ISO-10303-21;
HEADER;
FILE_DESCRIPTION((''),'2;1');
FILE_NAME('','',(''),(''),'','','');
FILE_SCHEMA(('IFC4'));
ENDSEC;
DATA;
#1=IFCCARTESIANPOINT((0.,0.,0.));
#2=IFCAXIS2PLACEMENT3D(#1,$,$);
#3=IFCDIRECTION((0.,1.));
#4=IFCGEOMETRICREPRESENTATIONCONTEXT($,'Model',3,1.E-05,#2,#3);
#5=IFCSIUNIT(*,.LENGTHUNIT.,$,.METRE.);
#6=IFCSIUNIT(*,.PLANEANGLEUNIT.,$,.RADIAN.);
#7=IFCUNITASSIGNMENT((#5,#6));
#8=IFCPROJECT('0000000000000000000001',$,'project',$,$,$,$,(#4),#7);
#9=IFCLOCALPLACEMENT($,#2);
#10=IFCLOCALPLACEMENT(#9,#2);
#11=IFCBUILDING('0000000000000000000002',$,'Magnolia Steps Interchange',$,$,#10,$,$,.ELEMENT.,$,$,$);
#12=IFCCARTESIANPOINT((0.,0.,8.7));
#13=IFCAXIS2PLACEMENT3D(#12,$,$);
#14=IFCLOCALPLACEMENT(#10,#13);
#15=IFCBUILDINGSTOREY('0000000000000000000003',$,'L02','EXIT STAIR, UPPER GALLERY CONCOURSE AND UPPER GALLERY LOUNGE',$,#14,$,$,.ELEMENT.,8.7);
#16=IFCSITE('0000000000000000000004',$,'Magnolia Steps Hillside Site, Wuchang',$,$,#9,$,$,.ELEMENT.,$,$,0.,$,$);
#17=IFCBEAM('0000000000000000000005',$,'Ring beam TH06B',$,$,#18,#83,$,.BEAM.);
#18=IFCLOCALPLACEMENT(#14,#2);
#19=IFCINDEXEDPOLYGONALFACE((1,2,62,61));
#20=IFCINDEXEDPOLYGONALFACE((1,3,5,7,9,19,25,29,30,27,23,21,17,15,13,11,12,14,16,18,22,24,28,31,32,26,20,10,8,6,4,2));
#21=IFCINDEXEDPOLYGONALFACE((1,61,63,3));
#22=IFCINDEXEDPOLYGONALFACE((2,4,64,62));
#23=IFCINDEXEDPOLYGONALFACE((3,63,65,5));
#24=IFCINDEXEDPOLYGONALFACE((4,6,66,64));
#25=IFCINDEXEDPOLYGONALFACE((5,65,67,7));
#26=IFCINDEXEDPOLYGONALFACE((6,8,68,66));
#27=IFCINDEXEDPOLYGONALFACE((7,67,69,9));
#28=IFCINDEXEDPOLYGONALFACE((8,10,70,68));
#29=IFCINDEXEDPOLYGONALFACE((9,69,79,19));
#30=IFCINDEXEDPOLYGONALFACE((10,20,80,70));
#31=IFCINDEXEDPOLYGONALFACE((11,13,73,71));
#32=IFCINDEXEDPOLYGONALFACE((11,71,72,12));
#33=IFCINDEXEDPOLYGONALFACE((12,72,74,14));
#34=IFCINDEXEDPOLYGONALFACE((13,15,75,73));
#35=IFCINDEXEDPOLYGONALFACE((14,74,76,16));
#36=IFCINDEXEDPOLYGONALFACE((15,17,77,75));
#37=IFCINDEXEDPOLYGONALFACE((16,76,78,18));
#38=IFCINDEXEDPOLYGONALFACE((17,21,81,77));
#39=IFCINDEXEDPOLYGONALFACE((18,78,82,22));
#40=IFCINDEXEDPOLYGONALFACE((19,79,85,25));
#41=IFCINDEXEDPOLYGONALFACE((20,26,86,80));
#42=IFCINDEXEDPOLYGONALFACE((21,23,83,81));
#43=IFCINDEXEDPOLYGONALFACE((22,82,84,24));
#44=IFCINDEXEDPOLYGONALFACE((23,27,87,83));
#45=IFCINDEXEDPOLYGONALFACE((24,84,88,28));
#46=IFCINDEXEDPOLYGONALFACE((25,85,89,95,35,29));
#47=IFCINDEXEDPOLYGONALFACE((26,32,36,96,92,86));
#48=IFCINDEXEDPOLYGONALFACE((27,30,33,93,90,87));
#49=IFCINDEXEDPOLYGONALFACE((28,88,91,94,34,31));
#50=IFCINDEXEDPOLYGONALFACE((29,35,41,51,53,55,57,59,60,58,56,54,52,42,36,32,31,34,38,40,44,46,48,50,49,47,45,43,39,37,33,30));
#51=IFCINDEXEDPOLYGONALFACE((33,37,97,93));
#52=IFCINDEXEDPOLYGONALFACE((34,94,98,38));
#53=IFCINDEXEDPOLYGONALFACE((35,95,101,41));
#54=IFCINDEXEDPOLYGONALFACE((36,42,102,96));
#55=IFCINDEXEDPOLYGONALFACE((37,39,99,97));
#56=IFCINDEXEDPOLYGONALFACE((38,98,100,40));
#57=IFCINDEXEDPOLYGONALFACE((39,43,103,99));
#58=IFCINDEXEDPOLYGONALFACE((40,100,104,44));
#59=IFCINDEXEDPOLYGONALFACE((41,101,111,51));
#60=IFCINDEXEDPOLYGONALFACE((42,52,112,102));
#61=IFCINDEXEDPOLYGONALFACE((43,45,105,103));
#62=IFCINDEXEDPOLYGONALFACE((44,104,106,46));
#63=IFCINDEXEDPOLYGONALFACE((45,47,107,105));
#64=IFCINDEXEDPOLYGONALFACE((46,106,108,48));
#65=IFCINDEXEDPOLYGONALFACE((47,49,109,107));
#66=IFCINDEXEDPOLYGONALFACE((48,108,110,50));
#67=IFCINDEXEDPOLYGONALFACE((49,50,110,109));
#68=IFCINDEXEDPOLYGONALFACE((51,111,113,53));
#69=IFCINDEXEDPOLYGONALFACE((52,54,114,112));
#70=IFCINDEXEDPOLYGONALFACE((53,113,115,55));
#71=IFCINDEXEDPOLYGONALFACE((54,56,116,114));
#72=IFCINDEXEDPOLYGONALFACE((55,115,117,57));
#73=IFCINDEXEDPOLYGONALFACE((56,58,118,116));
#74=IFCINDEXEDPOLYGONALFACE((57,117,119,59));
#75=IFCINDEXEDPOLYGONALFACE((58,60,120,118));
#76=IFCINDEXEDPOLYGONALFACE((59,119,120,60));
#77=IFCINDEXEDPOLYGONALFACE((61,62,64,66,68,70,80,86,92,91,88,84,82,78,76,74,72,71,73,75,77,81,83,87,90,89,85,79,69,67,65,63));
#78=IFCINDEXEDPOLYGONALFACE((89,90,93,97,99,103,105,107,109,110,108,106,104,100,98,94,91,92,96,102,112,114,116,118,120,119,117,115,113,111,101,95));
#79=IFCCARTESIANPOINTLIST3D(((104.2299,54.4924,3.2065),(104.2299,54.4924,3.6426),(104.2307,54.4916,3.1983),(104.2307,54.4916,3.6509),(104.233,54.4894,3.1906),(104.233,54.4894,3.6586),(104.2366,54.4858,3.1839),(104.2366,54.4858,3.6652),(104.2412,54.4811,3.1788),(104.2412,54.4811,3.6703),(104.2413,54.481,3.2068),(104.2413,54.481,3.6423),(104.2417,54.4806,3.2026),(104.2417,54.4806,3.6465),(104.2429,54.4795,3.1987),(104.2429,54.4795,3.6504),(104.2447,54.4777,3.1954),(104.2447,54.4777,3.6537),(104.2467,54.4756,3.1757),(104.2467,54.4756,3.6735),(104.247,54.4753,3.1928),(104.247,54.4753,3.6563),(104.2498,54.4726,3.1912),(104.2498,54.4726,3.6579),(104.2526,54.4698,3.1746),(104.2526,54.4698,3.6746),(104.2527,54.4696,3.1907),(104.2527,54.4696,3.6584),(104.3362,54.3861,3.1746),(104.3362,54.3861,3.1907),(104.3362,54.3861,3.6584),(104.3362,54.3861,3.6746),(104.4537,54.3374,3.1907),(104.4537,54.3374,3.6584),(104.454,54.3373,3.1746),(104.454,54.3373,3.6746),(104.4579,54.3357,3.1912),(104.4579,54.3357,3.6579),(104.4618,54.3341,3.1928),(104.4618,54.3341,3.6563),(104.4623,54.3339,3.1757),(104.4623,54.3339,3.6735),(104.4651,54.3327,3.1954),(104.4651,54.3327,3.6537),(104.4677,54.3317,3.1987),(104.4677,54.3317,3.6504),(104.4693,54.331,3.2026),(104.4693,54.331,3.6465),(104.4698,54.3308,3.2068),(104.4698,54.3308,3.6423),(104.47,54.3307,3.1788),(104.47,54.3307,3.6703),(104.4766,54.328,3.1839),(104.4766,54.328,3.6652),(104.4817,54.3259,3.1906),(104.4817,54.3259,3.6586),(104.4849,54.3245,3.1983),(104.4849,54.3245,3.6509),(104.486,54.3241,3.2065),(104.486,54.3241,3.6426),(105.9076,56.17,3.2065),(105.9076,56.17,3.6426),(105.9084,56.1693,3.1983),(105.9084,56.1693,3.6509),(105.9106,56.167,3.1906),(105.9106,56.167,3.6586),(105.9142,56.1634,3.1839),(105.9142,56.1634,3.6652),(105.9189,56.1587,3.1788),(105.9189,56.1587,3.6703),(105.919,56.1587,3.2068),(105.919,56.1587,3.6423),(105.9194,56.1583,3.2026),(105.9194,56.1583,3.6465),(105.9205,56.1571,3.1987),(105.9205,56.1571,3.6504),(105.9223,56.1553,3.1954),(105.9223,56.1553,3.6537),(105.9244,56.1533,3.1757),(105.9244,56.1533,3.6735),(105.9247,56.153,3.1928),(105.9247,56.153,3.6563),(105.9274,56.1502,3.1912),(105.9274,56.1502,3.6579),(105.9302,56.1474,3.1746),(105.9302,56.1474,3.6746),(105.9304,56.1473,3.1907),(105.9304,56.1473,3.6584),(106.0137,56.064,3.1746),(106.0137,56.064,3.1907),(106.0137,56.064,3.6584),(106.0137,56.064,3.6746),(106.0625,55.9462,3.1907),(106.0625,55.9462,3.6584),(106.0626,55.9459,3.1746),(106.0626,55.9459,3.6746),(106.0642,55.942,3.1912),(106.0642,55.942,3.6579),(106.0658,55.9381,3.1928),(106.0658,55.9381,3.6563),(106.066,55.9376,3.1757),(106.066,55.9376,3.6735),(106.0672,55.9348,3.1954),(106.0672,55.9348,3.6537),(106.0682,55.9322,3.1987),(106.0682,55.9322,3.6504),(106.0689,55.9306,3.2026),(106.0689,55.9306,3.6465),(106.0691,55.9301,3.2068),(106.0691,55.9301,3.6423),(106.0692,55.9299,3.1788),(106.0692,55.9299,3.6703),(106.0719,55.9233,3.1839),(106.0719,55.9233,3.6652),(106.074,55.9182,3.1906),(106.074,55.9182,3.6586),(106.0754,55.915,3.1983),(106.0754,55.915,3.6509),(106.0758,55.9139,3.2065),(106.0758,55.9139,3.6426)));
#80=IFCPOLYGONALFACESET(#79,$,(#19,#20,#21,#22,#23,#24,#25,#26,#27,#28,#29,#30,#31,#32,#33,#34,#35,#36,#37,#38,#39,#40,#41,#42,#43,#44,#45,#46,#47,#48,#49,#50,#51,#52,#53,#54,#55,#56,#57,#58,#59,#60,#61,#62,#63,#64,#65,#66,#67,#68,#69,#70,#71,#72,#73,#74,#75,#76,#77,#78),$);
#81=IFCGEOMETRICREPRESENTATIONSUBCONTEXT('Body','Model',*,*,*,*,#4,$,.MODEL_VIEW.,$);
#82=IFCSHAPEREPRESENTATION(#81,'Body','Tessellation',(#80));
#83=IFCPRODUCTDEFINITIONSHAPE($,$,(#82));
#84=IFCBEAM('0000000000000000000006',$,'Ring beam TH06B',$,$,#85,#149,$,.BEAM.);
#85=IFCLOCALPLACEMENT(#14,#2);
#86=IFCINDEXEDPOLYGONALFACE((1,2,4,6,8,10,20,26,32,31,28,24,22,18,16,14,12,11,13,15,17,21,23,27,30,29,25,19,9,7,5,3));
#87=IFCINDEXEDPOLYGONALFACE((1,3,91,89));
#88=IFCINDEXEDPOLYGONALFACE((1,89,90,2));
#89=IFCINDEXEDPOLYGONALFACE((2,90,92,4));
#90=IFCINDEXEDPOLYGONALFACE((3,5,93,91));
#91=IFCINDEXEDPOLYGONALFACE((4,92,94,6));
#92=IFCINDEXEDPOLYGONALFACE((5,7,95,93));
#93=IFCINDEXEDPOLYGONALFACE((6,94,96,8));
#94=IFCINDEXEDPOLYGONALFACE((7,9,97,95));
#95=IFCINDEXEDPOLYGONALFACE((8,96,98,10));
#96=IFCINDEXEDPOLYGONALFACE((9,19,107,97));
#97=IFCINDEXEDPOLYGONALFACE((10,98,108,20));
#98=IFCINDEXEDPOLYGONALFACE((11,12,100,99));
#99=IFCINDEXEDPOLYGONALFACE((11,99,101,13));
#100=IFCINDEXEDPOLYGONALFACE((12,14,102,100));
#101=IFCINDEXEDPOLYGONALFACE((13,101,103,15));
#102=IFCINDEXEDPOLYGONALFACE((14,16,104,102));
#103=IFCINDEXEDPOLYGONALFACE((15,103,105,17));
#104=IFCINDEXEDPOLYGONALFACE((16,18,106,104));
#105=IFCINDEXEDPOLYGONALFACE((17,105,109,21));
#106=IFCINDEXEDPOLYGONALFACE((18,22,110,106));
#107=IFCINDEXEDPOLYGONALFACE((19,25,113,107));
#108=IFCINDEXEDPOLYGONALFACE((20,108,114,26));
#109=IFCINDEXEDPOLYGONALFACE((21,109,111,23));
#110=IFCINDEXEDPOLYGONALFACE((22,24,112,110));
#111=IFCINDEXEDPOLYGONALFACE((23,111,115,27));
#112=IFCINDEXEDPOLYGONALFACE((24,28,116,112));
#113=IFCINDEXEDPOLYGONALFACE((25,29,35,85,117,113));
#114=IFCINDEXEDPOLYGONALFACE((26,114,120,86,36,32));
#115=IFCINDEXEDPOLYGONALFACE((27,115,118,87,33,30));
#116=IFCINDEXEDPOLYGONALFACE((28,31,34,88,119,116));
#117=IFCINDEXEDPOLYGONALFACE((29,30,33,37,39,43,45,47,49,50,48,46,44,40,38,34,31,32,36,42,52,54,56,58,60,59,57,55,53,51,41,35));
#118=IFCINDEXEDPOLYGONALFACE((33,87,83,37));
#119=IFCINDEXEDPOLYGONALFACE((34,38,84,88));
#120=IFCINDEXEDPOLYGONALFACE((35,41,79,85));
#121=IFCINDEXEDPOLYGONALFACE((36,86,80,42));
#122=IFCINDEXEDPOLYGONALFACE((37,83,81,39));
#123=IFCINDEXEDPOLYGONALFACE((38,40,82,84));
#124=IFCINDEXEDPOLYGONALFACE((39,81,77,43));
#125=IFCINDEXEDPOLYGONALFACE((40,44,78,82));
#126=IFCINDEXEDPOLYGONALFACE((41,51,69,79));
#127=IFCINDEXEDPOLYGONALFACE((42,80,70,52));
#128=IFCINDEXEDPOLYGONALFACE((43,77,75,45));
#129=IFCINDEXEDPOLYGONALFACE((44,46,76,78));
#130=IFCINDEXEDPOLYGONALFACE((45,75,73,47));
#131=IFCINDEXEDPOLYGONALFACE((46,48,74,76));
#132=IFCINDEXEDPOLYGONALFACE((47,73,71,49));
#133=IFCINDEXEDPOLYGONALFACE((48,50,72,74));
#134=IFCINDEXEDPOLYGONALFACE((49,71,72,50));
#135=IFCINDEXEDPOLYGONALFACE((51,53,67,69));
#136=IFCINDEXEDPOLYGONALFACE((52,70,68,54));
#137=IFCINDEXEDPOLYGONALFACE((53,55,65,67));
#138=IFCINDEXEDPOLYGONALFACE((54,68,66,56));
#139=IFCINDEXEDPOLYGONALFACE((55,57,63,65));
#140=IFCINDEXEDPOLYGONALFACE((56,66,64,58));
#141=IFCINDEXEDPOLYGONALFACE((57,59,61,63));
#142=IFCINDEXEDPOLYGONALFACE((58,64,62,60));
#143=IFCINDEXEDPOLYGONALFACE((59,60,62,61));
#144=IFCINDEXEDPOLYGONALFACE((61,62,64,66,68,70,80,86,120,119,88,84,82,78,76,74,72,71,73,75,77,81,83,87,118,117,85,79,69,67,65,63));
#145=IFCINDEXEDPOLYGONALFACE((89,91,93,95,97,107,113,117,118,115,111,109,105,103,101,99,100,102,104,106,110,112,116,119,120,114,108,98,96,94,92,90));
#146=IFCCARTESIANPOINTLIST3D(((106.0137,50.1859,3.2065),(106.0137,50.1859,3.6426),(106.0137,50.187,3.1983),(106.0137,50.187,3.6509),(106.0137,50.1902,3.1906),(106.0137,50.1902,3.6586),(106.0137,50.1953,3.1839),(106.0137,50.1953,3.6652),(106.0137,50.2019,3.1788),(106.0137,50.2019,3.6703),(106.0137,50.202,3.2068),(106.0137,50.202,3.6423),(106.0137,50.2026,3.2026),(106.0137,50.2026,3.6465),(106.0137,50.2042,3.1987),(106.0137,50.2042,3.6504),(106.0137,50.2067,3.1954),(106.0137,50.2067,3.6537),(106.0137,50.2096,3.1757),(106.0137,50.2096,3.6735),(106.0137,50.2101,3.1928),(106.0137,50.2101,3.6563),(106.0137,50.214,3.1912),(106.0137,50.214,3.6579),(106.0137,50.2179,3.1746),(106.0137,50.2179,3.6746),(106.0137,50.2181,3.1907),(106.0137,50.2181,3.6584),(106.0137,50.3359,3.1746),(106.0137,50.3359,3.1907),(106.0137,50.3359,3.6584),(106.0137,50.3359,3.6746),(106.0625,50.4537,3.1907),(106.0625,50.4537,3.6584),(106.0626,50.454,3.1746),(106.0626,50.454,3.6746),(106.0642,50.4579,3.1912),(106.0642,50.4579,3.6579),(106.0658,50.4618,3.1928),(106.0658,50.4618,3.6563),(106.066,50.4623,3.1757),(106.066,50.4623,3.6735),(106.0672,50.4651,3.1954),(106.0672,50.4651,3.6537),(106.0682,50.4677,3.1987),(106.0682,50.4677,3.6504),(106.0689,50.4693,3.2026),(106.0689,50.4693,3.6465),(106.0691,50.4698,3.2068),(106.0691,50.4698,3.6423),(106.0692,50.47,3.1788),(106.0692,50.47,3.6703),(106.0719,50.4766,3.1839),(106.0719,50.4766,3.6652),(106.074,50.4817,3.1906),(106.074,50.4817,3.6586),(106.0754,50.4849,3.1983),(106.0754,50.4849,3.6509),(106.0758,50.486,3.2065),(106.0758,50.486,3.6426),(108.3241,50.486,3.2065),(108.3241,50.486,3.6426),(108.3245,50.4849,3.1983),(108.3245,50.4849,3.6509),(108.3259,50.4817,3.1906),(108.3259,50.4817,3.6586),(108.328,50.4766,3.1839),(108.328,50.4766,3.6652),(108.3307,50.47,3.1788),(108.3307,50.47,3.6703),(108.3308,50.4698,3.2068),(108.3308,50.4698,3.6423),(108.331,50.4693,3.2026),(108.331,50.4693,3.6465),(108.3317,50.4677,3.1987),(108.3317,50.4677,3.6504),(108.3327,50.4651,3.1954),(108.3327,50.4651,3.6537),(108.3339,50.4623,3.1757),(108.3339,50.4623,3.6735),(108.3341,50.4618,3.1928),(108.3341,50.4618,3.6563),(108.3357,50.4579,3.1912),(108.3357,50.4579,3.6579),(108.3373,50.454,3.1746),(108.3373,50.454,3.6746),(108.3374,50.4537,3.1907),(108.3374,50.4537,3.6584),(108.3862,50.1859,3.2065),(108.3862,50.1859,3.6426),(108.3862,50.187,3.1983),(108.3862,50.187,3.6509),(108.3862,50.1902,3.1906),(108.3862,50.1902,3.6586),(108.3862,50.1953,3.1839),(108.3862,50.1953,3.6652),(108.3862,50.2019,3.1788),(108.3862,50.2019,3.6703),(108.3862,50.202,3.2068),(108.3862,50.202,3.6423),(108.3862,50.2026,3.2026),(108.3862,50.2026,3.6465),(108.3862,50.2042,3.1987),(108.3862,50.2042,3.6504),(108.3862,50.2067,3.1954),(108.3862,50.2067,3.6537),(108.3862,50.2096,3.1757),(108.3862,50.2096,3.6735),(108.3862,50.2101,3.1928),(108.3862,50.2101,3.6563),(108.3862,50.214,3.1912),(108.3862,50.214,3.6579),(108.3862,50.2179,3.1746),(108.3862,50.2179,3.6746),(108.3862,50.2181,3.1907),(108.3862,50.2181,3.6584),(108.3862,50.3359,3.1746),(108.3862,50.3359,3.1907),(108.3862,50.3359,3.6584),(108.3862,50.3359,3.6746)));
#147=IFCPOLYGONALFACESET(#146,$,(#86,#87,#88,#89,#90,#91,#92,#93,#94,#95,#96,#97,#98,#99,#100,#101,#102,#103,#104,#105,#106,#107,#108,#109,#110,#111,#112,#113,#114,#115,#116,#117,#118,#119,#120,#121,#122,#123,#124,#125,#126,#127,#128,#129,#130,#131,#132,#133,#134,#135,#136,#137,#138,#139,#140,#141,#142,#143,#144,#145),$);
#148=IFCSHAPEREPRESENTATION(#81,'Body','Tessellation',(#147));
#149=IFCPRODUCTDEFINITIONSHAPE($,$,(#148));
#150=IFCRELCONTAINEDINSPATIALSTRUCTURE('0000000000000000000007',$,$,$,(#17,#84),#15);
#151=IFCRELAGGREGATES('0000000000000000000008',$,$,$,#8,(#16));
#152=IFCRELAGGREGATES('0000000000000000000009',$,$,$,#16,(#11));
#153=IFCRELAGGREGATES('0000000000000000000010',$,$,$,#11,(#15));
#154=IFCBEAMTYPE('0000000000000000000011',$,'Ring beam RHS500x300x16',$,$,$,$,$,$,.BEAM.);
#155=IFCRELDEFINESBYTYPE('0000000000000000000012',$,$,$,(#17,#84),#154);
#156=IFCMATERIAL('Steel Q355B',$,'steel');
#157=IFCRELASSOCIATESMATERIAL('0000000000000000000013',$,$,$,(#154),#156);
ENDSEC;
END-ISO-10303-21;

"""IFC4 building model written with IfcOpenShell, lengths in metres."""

from ifc_helpers import new_model, si_unit, direction, frame, origin, origin_2d, place, context, subcontext, project, spatial, hollow_rectangle, extrude, clip, halfspace, material, material_profile, profile_set, type_object, element, save


model = new_model("IFC4")

# Units and contexts
model_context = context("Model", 3, precision=1e-05, world=origin(), true_north=direction((0.0, 1.0)))
body_context = subcontext(model_context, "Body", "Model", "MODEL_VIEW")
ifc_project = project(units=[si_unit("LENGTHUNIT", "METRE"), si_unit("PLANEANGLEUNIT", "RADIAN")], contexts=[model_context])

# Site, building, storey
site_placement = place(None, origin())
site = spatial("IfcSite", under=ifc_project, at=site_placement, Name="Magnolia Steps Hillside Site, Wuchang", CompositionType="ELEMENT", RefElevation=0.0)
building_placement = place(site_placement, origin())
building = spatial("IfcBuilding", under=site, at=building_placement, Name="Magnolia Steps Interchange", CompositionType="ELEMENT")
storey_placement = place(building_placement, frame((0.0, 0.0, 8.7)))
storey = spatial("IfcBuildingStorey", under=building, at=storey_placement, Name="L02", Description="EXIT STAIR, UPPER GALLERY CONCOURSE AND UPPER GALLERY LOUNGE", CompositionType="ELEMENT", Elevation=8.7)

# Beams
ifc_material_1 = material(Name="Steel Q355B", Category="steel")
ifc_material_profile_1 = material_profile(ifc_material_1, hollow_rectangle(XDim=0.3, YDim=0.5, WallThickness=0.0161, InnerFilletRadius=0.0161, OuterFilletRadius=0.032, at=origin_2d()), Name="RHS500x300x16")
ifc_profile_set_1 = profile_set([ifc_material_profile_1], Name="Steel Q355B")
beam_type_1 = type_object("IfcBeamType", Name="Ring beam RHS500x300x16", PredefinedType="BEAM", material=ifc_profile_set_1)
beam_1_placement = place(storey_placement, frame((106.0137, 56.064, 3.4246), z_axis=(-0.707107, -0.707107, 0.0), x_axis=(0.707107, -0.707107, 0.0)))
element("IfcBeam", 1, at=beam_1_placement, inside=storey, type_object=beam_type_1, Name="Ring beam TH06B", PredefinedType="BEAM", context=body_context, shape_type="Clipping", body=[
    clip(clip(extrude(hollow_rectangle(XDim=0.3, YDim=0.5, WallThickness=0.0161, InnerFilletRadius=0.0161, OuterFilletRadius=0.032, at=origin_2d()), origin(), (0.0, 0.0, 1.0), 2.3726), halfspace(frame((0.0, 0.0, 0.0), z_axis=(0.382683, 0.0, -0.92388), x_axis=(0.92388, 0.0, 0.382683)), False)), halfspace(frame((0.0, 0.0, 2.3727), z_axis=(0.382683, 0.0, 0.92388), x_axis=(0.92388, 0.0, -0.382683)), False)),
])
beam_2_placement = place(storey_placement, frame((106.0137, 50.3359, 3.4246), z_axis=(1.0, 0.0, 0.0), x_axis=(0.0, 1.0, 0.0)))
element("IfcBeam", 2, at=beam_2_placement, inside=storey, type_object=beam_type_1, Name="Ring beam TH06B", PredefinedType="BEAM", context=body_context, shape_type="Clipping", body=[
    clip(clip(extrude(hollow_rectangle(XDim=0.3, YDim=0.5, WallThickness=0.0161, InnerFilletRadius=0.0161, OuterFilletRadius=0.032, at=origin_2d()), origin(), (0.0, 0.0, 1.0), 2.3726), halfspace(frame((0.0, 0.0, 0.0), z_axis=(0.382683, 0.0, -0.92388), x_axis=(0.92388, 0.0, 0.382683)), False)), halfspace(frame((0.0, 0.0, 2.3726), z_axis=(0.382683, 0.0, 0.92388), x_axis=(0.92388, 0.0, -0.382683)), False)),
])

save(model, "model.ifc")
